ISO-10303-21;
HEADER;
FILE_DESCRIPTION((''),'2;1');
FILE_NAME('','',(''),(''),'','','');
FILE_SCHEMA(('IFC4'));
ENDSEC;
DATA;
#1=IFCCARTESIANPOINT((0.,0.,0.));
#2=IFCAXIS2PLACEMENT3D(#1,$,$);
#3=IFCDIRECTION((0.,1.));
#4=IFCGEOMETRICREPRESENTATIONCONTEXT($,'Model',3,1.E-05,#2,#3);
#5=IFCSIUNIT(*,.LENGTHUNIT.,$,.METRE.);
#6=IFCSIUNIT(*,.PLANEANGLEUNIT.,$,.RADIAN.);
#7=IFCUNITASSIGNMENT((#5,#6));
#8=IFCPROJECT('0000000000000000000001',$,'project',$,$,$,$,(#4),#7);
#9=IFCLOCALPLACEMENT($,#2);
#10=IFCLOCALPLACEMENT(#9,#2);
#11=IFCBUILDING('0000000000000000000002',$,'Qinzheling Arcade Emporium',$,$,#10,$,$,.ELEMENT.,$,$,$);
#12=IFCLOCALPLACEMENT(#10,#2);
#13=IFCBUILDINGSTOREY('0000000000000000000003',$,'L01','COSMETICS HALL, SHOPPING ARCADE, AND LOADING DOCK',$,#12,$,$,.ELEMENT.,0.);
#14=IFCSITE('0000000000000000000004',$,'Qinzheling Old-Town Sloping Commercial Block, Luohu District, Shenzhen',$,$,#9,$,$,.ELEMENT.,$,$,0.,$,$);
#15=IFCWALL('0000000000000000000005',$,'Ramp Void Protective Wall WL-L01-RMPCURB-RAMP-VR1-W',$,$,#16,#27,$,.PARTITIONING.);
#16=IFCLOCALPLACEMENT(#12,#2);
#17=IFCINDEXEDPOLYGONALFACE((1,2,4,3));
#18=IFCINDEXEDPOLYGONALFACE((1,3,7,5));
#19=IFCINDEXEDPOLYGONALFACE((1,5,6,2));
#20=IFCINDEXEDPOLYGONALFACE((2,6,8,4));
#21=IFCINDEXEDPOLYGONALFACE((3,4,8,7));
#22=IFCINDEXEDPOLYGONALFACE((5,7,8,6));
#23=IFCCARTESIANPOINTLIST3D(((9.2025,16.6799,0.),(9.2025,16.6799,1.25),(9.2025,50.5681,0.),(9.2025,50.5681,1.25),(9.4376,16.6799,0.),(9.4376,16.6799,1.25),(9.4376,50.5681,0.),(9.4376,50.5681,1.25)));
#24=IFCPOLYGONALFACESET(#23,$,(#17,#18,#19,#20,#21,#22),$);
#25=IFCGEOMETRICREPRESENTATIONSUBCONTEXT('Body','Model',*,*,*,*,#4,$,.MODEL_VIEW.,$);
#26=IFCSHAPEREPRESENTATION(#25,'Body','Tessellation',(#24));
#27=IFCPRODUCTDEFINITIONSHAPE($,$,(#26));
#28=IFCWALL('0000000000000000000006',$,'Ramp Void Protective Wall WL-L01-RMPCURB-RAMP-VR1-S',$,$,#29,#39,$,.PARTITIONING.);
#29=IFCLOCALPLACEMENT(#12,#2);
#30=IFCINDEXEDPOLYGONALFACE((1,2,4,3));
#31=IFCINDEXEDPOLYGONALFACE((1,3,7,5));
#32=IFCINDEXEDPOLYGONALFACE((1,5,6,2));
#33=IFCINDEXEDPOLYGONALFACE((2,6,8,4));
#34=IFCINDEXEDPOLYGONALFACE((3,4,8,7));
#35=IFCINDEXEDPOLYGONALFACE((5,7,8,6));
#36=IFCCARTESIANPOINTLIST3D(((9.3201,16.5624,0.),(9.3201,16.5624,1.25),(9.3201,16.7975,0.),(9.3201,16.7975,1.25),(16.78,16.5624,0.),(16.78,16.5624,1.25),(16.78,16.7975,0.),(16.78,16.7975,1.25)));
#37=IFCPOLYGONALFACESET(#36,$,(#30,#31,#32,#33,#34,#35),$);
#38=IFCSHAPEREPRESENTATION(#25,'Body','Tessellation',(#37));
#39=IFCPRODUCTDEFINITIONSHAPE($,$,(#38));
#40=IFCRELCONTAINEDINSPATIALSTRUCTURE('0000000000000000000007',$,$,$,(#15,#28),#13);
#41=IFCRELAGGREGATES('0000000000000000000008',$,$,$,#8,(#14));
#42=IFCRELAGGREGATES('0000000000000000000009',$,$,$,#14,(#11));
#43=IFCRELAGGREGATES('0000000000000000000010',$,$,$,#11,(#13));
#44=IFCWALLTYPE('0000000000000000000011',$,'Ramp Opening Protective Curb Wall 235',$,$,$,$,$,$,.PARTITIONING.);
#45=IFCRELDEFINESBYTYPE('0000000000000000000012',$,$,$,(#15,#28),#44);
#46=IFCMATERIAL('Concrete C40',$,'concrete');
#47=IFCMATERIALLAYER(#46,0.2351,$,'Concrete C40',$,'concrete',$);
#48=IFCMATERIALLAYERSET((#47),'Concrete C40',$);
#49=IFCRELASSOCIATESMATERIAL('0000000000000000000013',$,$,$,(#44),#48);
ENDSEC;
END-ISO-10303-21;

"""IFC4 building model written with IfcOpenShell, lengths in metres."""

from ifc_helpers import new_model, si_unit, direction, frame, frame_2d, origin, place, context, subcontext, project, spatial, rectangle, extrude, material, layer, layer_set, type_object, element, save


model = new_model("IFC4")

# Units and contexts
model_context = context("Model", 3, precision=1e-05, world=origin(), true_north=direction((0.0, 1.0)))
body_context = subcontext(model_context, "Body", "Model", "MODEL_VIEW")
ifc_project = project(units=[si_unit("LENGTHUNIT", "METRE"), si_unit("PLANEANGLEUNIT", "RADIAN")], contexts=[model_context])

# Site, building, storey
site_placement = place(None, origin())
site = spatial("IfcSite", under=ifc_project, at=site_placement, Name="Qinzheling Old-Town Sloping Commercial Block, Luohu District, Shenzhen", CompositionType="ELEMENT", RefElevation=0.0)
building_placement = place(site_placement, origin())
building = spatial("IfcBuilding", under=site, at=building_placement, Name="Qinzheling Arcade Emporium", CompositionType="ELEMENT")
storey_placement = place(building_placement, origin())
storey = spatial("IfcBuildingStorey", under=building, at=storey_placement, Name="L01", Description="COSMETICS HALL, SHOPPING ARCADE, AND LOADING DOCK", CompositionType="ELEMENT", Elevation=0.0)

# Shared definitions
ifc_material_1 = material(Name="Concrete C40", Category="concrete")

# Walls
ifc_layer_1 = layer(ifc_material_1, 0.2351, Name="Concrete C40", Category="concrete")
ifc_layer_set_1 = layer_set([ifc_layer_1], Name="Concrete C40")
wall_type = type_object("IfcWallType", Name="Ramp Opening Protective Curb Wall 235", PredefinedType="PARTITIONING", material=ifc_layer_set_1)
wall_1_placement = place(storey_placement, frame((9.3201, 16.6799, 0.0), z_axis=(0.0, 0.0, 1.0), x_axis=(0.0, 1.0, 0.0)))
element("IfcWall", 1, at=wall_1_placement, inside=storey, type_object=wall_type, Name="Ramp Void Protective Wall WL-L01-RMPCURB-RAMP-VR1-W", PredefinedType="PARTITIONING", context=body_context, shape_type="SweptSolid", body=[
    extrude(rectangle(XDim=33.8882, YDim=0.2351, at=frame_2d((16.9441, 0.0))), origin(), (0.0, 0.0, 1.0), 1.25),
])
wall_2_placement = place(storey_placement, frame((9.3201, 16.6799, 0.0), z_axis=(0.0, 0.0, 1.0), x_axis=(1.0, 0.0, 0.0)))
element("IfcWall", 2, at=wall_2_placement, inside=storey, type_object=wall_type, Name="Ramp Void Protective Wall WL-L01-RMPCURB-RAMP-VR1-S", PredefinedType="PARTITIONING", context=body_context, shape_type="SweptSolid", body=[
    extrude(rectangle(XDim=7.46, YDim=0.2351, at=frame_2d((3.73, 0.0))), origin(), (0.0, 0.0, 1.0), 1.25),
])

save(model, "model.ifc")
